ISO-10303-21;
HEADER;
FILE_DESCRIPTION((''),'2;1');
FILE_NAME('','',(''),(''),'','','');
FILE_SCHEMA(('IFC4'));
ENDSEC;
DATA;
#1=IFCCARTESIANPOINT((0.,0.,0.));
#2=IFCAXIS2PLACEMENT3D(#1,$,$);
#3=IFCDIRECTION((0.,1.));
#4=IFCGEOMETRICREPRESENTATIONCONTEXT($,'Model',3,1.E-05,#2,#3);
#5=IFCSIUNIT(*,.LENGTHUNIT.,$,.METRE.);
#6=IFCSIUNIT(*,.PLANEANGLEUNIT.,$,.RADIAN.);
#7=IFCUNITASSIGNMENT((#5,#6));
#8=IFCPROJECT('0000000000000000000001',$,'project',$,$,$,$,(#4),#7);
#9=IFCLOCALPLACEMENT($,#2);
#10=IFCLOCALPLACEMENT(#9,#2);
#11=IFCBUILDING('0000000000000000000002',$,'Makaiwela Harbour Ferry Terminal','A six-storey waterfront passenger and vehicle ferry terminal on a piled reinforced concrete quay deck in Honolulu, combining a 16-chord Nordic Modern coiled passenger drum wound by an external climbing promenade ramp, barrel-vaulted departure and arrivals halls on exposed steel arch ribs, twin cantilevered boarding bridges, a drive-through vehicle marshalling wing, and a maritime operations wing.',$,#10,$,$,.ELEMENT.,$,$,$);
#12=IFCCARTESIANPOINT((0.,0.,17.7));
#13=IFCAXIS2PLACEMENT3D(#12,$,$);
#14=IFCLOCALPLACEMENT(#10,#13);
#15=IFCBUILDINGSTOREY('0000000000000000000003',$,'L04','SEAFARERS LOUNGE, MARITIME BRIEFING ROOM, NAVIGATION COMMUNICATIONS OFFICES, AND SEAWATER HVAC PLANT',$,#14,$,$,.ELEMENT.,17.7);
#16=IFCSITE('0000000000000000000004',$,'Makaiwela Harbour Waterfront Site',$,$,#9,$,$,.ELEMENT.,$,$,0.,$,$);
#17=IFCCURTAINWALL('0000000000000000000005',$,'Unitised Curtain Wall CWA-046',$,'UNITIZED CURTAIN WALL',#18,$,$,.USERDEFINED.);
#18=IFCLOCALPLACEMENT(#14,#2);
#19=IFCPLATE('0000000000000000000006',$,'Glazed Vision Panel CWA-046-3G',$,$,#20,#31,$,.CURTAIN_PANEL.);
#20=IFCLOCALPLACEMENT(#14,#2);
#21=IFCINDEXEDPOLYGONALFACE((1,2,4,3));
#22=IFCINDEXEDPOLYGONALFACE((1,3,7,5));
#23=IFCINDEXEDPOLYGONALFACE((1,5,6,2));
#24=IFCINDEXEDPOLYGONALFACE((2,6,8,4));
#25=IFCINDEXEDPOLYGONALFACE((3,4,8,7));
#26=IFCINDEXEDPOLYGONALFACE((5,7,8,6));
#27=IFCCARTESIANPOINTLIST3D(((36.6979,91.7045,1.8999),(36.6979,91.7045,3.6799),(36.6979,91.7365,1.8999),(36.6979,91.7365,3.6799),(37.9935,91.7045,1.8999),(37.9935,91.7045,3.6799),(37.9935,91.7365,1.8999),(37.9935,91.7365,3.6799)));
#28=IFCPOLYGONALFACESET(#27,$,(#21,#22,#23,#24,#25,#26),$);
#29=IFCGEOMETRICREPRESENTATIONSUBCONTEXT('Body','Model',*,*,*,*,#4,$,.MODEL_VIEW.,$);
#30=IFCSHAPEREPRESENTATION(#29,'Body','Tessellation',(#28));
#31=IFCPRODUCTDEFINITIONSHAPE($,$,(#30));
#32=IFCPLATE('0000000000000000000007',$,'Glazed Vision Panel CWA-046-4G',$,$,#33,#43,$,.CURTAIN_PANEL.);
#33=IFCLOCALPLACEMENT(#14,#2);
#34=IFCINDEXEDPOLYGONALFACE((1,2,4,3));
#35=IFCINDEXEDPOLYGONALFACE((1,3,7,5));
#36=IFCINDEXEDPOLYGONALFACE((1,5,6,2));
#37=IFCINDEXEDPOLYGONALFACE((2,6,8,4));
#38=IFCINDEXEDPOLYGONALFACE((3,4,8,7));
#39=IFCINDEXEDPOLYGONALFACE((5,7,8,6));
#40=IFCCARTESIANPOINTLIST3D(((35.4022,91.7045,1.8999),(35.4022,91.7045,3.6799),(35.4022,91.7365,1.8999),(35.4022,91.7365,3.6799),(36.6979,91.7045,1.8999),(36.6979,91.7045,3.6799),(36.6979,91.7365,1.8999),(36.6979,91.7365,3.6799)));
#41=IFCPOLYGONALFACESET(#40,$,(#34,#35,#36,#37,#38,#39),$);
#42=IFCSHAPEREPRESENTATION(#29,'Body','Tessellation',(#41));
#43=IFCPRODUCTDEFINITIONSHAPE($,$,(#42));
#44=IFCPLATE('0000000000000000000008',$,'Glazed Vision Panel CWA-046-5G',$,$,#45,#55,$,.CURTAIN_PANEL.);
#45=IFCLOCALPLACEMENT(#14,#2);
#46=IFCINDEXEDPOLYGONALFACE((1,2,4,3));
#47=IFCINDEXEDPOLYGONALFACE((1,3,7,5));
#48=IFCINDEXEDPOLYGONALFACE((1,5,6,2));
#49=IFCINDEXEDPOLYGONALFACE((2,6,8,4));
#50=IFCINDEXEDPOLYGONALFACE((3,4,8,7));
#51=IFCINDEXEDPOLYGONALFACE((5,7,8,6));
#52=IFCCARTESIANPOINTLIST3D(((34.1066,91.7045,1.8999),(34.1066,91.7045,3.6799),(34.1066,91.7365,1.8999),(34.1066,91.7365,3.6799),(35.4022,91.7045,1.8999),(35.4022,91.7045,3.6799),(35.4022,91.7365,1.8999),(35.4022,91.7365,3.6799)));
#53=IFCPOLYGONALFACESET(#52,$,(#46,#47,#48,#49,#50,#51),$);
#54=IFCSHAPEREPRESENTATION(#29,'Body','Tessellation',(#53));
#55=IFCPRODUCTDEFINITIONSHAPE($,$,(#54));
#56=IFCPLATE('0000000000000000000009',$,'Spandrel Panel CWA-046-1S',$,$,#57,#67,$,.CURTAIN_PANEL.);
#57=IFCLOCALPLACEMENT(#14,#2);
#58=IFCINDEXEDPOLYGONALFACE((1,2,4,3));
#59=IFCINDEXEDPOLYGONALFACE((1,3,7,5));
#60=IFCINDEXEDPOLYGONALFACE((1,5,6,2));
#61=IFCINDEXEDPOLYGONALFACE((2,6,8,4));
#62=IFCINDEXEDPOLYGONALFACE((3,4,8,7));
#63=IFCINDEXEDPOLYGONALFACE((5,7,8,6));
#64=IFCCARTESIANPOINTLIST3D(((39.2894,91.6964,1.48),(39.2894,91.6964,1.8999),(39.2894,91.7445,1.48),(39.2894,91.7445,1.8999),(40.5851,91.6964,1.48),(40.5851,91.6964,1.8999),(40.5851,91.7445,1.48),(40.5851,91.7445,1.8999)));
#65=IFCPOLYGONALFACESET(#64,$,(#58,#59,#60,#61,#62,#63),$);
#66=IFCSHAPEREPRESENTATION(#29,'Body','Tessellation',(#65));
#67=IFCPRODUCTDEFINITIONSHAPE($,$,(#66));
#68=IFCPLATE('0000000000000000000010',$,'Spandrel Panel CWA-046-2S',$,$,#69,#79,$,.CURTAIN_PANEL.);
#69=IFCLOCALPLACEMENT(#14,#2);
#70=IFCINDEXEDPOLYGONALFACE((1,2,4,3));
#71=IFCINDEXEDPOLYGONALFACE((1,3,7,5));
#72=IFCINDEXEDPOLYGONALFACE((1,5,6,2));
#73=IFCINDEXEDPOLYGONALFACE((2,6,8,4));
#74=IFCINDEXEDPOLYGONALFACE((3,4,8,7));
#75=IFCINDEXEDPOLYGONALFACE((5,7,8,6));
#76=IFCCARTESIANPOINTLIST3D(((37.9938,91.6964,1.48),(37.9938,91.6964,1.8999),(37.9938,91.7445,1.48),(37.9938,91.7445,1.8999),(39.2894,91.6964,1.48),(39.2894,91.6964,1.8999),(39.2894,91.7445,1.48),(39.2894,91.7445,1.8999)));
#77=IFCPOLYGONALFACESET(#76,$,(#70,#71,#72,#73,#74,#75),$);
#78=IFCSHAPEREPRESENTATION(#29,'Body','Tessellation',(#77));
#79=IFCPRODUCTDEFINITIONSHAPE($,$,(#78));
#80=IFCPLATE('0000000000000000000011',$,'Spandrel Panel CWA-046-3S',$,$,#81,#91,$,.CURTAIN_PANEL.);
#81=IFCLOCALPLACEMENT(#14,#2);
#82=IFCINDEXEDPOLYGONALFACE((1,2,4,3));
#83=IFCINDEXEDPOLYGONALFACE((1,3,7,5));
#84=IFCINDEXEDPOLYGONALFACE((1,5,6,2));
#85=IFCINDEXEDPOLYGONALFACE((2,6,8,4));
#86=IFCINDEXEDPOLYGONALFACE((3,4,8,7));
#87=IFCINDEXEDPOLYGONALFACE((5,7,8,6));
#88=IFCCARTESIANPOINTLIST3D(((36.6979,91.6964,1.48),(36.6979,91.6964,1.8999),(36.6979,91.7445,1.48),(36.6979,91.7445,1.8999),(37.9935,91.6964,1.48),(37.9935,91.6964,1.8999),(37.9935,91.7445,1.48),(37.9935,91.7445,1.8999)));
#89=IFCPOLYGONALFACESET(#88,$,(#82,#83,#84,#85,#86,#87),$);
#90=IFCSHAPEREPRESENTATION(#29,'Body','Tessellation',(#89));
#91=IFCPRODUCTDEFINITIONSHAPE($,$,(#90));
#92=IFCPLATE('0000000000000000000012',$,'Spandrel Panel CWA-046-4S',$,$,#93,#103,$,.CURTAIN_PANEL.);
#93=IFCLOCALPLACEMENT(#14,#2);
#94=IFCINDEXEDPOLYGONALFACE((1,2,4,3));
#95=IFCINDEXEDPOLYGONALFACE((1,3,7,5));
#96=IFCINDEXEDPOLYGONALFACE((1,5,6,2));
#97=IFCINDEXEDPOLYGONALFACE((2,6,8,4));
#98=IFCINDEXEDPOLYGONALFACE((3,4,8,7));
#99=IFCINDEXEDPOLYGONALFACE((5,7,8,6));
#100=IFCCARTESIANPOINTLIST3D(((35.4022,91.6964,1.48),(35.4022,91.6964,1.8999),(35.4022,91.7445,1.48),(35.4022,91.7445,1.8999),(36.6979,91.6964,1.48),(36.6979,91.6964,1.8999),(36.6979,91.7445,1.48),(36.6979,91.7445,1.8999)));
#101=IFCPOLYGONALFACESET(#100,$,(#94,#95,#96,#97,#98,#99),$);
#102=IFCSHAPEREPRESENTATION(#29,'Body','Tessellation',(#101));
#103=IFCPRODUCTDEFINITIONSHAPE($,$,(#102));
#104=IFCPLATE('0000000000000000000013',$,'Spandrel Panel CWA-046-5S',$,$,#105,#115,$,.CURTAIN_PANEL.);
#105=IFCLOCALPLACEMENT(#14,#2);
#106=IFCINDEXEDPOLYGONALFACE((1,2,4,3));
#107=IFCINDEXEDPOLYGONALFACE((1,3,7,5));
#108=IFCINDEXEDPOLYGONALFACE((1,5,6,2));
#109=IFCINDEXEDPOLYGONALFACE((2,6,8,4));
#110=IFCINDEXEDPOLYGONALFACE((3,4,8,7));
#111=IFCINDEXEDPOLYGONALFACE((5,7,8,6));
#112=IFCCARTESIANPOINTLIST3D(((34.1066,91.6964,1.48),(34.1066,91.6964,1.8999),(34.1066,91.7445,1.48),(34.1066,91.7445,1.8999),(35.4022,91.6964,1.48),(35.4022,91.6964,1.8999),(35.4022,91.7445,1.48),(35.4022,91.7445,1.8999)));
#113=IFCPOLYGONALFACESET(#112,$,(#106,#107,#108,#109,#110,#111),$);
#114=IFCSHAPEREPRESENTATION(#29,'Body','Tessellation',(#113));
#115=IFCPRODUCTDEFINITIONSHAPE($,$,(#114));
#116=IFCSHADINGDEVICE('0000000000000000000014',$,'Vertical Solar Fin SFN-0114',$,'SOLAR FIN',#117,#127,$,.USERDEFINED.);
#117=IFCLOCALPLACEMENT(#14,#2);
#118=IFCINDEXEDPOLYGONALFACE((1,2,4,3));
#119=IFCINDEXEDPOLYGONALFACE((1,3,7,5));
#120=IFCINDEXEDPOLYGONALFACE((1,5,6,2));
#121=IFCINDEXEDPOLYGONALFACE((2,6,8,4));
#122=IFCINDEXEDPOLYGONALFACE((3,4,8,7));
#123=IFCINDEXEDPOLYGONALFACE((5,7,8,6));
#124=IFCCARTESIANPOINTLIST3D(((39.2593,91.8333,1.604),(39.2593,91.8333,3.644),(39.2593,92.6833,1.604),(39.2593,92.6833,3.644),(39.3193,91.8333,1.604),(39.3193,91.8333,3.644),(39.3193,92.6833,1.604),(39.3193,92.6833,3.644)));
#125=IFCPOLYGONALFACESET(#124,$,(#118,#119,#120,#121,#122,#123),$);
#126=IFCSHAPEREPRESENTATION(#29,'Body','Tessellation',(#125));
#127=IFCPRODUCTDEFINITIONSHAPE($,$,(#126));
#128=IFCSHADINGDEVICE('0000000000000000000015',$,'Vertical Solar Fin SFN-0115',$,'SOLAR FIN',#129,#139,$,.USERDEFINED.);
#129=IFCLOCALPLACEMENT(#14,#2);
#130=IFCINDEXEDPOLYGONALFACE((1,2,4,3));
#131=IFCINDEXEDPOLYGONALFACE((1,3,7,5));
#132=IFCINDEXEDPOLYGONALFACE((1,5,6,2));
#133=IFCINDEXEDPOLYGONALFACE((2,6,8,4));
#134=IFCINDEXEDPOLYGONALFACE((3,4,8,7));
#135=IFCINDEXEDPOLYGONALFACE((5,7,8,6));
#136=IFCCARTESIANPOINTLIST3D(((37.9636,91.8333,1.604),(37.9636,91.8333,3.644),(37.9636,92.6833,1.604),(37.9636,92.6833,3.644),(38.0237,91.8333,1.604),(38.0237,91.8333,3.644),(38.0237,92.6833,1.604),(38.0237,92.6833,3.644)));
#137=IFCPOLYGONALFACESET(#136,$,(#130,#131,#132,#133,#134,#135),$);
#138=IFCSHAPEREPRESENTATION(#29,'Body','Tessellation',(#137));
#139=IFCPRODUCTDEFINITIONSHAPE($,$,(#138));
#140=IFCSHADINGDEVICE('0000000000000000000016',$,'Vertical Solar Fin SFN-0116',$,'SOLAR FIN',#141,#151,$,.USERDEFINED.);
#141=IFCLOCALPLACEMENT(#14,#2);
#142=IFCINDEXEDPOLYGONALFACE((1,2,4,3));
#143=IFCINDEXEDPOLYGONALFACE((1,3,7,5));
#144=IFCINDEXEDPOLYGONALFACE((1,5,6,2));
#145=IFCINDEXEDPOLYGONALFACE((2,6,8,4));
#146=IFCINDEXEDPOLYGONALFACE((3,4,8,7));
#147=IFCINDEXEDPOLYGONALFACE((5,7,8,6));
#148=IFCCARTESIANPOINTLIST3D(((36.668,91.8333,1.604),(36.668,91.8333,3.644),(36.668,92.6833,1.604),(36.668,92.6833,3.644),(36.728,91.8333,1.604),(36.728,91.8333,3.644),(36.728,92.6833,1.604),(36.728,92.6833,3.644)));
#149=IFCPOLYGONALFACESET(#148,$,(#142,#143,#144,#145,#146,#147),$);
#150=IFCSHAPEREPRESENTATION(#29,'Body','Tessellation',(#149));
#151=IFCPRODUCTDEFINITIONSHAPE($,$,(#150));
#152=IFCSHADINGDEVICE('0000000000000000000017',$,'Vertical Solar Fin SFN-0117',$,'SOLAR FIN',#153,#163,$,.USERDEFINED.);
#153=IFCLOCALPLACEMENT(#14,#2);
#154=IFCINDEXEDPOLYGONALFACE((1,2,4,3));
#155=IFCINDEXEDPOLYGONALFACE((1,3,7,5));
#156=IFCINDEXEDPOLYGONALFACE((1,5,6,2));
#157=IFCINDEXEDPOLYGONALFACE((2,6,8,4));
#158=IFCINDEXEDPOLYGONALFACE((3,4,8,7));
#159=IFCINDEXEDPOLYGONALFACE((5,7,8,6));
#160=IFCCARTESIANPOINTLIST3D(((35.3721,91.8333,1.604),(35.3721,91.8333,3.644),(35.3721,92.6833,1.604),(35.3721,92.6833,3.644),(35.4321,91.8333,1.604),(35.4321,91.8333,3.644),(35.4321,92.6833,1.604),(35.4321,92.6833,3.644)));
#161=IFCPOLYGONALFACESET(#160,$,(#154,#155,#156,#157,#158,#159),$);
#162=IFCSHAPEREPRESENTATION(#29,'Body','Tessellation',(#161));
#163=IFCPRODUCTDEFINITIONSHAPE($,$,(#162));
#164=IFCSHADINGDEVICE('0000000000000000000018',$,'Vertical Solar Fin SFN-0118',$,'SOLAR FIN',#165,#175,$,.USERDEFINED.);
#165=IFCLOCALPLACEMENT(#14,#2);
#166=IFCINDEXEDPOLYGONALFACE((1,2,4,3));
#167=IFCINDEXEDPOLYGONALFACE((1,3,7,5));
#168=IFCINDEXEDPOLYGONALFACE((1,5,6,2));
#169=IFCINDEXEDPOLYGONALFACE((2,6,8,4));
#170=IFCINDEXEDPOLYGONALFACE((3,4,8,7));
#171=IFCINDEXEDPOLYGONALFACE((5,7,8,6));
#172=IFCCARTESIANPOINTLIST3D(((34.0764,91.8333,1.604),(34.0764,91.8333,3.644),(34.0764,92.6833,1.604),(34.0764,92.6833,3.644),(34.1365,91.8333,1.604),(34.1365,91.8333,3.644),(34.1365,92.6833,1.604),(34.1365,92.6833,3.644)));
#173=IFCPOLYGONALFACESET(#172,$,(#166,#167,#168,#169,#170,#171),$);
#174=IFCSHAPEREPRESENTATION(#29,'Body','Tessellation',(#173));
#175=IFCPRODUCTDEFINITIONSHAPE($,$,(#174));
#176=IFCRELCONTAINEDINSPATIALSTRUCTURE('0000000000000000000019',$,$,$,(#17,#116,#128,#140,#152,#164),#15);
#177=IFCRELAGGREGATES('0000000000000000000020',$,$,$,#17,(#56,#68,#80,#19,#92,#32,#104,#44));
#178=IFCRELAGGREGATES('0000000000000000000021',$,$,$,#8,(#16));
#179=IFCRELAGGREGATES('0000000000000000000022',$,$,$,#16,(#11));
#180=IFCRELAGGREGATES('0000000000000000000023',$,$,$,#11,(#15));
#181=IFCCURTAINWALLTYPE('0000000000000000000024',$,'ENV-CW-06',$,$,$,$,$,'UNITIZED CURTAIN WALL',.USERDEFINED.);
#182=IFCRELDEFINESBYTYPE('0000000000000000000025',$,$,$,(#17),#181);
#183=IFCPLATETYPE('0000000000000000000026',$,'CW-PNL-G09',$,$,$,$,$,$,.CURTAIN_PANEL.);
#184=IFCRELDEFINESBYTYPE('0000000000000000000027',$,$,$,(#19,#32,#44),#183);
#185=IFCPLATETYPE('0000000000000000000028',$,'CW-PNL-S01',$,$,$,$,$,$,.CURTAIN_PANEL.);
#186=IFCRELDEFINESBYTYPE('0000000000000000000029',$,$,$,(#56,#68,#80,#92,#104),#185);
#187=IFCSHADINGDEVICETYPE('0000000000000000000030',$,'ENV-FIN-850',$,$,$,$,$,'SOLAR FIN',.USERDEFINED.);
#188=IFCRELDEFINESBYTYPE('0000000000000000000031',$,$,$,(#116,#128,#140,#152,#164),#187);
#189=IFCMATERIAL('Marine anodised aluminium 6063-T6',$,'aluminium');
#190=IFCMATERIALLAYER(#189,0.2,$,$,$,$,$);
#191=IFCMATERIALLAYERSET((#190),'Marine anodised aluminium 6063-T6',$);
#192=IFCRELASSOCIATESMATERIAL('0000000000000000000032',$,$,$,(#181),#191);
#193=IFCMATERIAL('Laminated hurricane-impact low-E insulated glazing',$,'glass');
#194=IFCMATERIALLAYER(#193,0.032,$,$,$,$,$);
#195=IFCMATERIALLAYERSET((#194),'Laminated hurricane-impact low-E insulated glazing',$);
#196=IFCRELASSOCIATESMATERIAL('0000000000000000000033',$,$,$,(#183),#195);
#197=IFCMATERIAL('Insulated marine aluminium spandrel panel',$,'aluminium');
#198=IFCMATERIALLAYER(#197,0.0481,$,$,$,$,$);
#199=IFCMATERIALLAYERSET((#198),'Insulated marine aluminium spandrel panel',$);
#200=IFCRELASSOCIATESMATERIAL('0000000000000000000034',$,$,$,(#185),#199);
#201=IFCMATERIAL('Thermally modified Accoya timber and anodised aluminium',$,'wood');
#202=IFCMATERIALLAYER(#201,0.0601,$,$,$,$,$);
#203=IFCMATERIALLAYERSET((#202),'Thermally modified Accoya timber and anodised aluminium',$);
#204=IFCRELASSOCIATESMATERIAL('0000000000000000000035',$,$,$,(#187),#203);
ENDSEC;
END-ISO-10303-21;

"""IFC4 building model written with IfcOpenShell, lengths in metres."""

from ifc_helpers import new_model, si_unit, direction, frame, origin, origin_2d, place, context, subcontext, project, spatial, rectangle, extrude, material, layer, layer_set, type_object, element, aggregate, save


model = new_model("IFC4")

# Units and contexts
model_context = context("Model", 3, precision=1e-05, world=origin(), true_north=direction((0.0, 1.0)))
body_context = subcontext(model_context, "Body", "Model", "MODEL_VIEW")
ifc_project = project(units=[si_unit("LENGTHUNIT", "METRE"), si_unit("PLANEANGLEUNIT", "RADIAN")], contexts=[model_context])

# Site, building, storey
site_placement = place(None, origin())
site = spatial("IfcSite", under=ifc_project, at=site_placement, Name="Makaiwela Harbour Waterfront Site", CompositionType="ELEMENT", RefElevation=0.0)
building_placement = place(site_placement, origin())
building = spatial("IfcBuilding", under=site, at=building_placement, Name="Makaiwela Harbour Ferry Terminal", Description="A six-storey waterfront passenger and vehicle ferry terminal on a piled reinforced concrete quay deck in Honolulu, combining a 16-chord Nordic Modern coiled passenger drum wound by an external climbing promenade ramp, barrel-vaulted departure and arrivals halls on exposed steel arch ribs, twin cantilevered boarding bridges, a drive-through vehicle marshalling wing, and a maritime operations wing.", CompositionType="ELEMENT")
storey_placement = place(building_placement, frame((0.0, 0.0, 17.7)))
storey = spatial("IfcBuildingStorey", under=building, at=storey_placement, Name="L04", Description="SEAFARERS LOUNGE, MARITIME BRIEFING ROOM, NAVIGATION COMMUNICATIONS OFFICES, AND SEAWATER HVAC PLANT", CompositionType="ELEMENT", Elevation=17.7)

# Curtain wall, plates
ifc_material_1 = material(Name="Marine anodised aluminium 6063-T6", Category="aluminium")
ifc_layer_1 = layer(ifc_material_1, 0.2)
ifc_layer_set_1 = layer_set([ifc_layer_1], Name="Marine anodised aluminium 6063-T6")
curtain_wall_type = type_object("IfcCurtainWallType", Name="ENV-CW-06", ElementType="UNITIZED CURTAIN WALL", PredefinedType="USERDEFINED", material=ifc_layer_set_1)
curtain_wall_placement = place(storey_placement, origin())
curtain_wall = element("IfcCurtainWall", 1, at=curtain_wall_placement, inside=storey, type_object=curtain_wall_type, Name="Unitised Curtain Wall CWA-046", ObjectType="UNITIZED CURTAIN WALL", PredefinedType="USERDEFINED")
ifc_material_2 = material(Name="Laminated hurricane-impact low-E insulated glazing", Category="glass")
ifc_layer_2 = layer(ifc_material_2, 0.032)
ifc_layer_set_2 = layer_set([ifc_layer_2], Name="Laminated hurricane-impact low-E insulated glazing")
plate_type_1 = type_object("IfcPlateType", Name="CW-PNL-G09", PredefinedType="CURTAIN_PANEL", material=ifc_layer_set_2)
plate_1_placement = place(storey_placement, frame((37.3457, 91.7205, 1.8999), z_axis=(0.0, 0.0, 1.0), x_axis=(-1.0, 0.0, 0.0)))
plate_1 = element("IfcPlate", 2, at=plate_1_placement, type_object=plate_type_1, Name="Glazed Vision Panel CWA-046-3G", PredefinedType="CURTAIN_PANEL", context=body_context, shape_type="SweptSolid", body=[
    extrude(rectangle(XDim=1.2957, YDim=0.032, at=origin_2d()), origin(), (0.0, 0.0, 1.0), 1.78),
])
plate_2_placement = place(storey_placement, frame((36.05, 91.7205, 1.8999), z_axis=(0.0, 0.0, 1.0), x_axis=(-1.0, 0.0, 0.0)))
plate_2 = element("IfcPlate", 3, at=plate_2_placement, type_object=plate_type_1, Name="Glazed Vision Panel CWA-046-4G", PredefinedType="CURTAIN_PANEL", context=body_context, shape_type="SweptSolid", body=[
    extrude(rectangle(XDim=1.2957, YDim=0.032, at=origin_2d()), origin(), (0.0, 0.0, 1.0), 1.78),
])
plate_3_placement = place(storey_placement, frame((34.7544, 91.7205, 1.8999), z_axis=(0.0, 0.0, 1.0), x_axis=(-1.0, 0.0, 0.0)))
plate_3 = element("IfcPlate", 4, at=plate_3_placement, type_object=plate_type_1, Name="Glazed Vision Panel CWA-046-5G", PredefinedType="CURTAIN_PANEL", context=body_context, shape_type="SweptSolid", body=[
    extrude(rectangle(XDim=1.2957, YDim=0.032, at=origin_2d()), origin(), (0.0, 0.0, 1.0), 1.78),
])
ifc_material_3 = material(Name="Insulated marine aluminium spandrel panel", Category="aluminium")
ifc_layer_3 = layer(ifc_material_3, 0.0481)
ifc_layer_set_3 = layer_set([ifc_layer_3], Name="Insulated marine aluminium spandrel panel")
plate_type_2 = type_object("IfcPlateType", Name="CW-PNL-S01", PredefinedType="CURTAIN_PANEL", material=ifc_layer_set_3)
plate_4_placement = place(storey_placement, frame((39.9373, 91.7205, 1.48), z_axis=(0.0, 0.0, 1.0), x_axis=(-1.0, 0.0, 0.0)))
plate_4 = element("IfcPlate", 5, at=plate_4_placement, type_object=plate_type_2, Name="Spandrel Panel CWA-046-1S", PredefinedType="CURTAIN_PANEL", context=body_context, shape_type="SweptSolid", body=[
    extrude(rectangle(XDim=1.2957, YDim=0.0481, at=origin_2d()), origin(), (0.0, 0.0, 1.0), 0.4199),
])
plate_5_placement = place(storey_placement, frame((38.6416, 91.7205, 1.48), z_axis=(0.0, 0.0, 1.0), x_axis=(-1.0, 0.0, 0.0)))
plate_5 = element("IfcPlate", 6, at=plate_5_placement, type_object=plate_type_2, Name="Spandrel Panel CWA-046-2S", PredefinedType="CURTAIN_PANEL", context=body_context, shape_type="SweptSolid", body=[
    extrude(rectangle(XDim=1.2957, YDim=0.0481, at=origin_2d()), origin(), (0.0, 0.0, 1.0), 0.4199),
])
plate_6_placement = place(storey_placement, frame((37.3457, 91.7205, 1.48), z_axis=(0.0, 0.0, 1.0), x_axis=(-1.0, 0.0, 0.0)))
plate_6 = element("IfcPlate", 7, at=plate_6_placement, type_object=plate_type_2, Name="Spandrel Panel CWA-046-3S", PredefinedType="CURTAIN_PANEL", context=body_context, shape_type="SweptSolid", body=[
    extrude(rectangle(XDim=1.2957, YDim=0.0481, at=origin_2d()), origin(), (0.0, 0.0, 1.0), 0.4199),
])
plate_7_placement = place(storey_placement, frame((36.05, 91.7205, 1.48), z_axis=(0.0, 0.0, 1.0), x_axis=(-1.0, 0.0, 0.0)))
plate_7 = element("IfcPlate", 8, at=plate_7_placement, type_object=plate_type_2, Name="Spandrel Panel CWA-046-4S", PredefinedType="CURTAIN_PANEL", context=body_context, shape_type="SweptSolid", body=[
    extrude(rectangle(XDim=1.2957, YDim=0.0481, at=origin_2d()), origin(), (0.0, 0.0, 1.0), 0.4199),
])
plate_8_placement = place(storey_placement, frame((34.7544, 91.7205, 1.48), z_axis=(0.0, 0.0, 1.0), x_axis=(-1.0, 0.0, 0.0)))
plate_8 = element("IfcPlate", 9, at=plate_8_placement, type_object=plate_type_2, Name="Spandrel Panel CWA-046-5S", PredefinedType="CURTAIN_PANEL", context=body_context, shape_type="SweptSolid", body=[
    extrude(rectangle(XDim=1.2957, YDim=0.0481, at=origin_2d()), origin(), (0.0, 0.0, 1.0), 0.4199),
])
aggregate(curtain_wall, [plate_4, plate_5, plate_6, plate_1, plate_7, plate_2, plate_8, plate_3])

# Shading devices
ifc_material_4 = material(Name="Thermally modified Accoya timber and anodised aluminium", Category="wood")
ifc_layer_4 = layer(ifc_material_4, 0.0601)
ifc_layer_set_4 = layer_set([ifc_layer_4], Name="Thermally modified Accoya timber and anodised aluminium")
shading_device_type = type_object("IfcShadingDeviceType", Name="ENV-FIN-850", ElementType="SOLAR FIN", PredefinedType="USERDEFINED", material=ifc_layer_set_4)
for number, where, z_axis, x_axis, name in (
    (10, (39.2893, 92.2583, 1.604), (0.0, 0.0, 1.0), (0.0, 1.0, 0.0), "Vertical Solar Fin SFN-0114"),
    (11, (37.9937, 92.2583, 1.604), (0.0, 0.0, 1.0), (0.0, 1.0, 0.0), "Vertical Solar Fin SFN-0115"),
    (12, (36.698, 92.2583, 1.604), (0.0, 0.0, 1.0), (0.0, 1.0, 0.0), "Vertical Solar Fin SFN-0116"),
    (13, (35.4021, 92.2583, 1.604), (0.0, 0.0, 1.0), (0.0, 1.0, 0.0), "Vertical Solar Fin SFN-0117"),
    (14, (34.1064, 92.2583, 1.604), (0.0, 0.0, 1.0), (0.0, 1.0, 0.0), "Vertical Solar Fin SFN-0118"),
):
    element("IfcShadingDevice", number, at=place(storey_placement, frame(where, z_axis=z_axis, x_axis=x_axis)), inside=storey, type_object=shading_device_type, Name=name, ObjectType="SOLAR FIN", PredefinedType="USERDEFINED", context=body_context, shape_type="SweptSolid", body=[
        extrude(rectangle(XDim=0.8501, YDim=0.0601, at=origin_2d()), origin(), (0.0, 0.0, 1.0), 2.04),
    ])

save(model, "model.ifc")
